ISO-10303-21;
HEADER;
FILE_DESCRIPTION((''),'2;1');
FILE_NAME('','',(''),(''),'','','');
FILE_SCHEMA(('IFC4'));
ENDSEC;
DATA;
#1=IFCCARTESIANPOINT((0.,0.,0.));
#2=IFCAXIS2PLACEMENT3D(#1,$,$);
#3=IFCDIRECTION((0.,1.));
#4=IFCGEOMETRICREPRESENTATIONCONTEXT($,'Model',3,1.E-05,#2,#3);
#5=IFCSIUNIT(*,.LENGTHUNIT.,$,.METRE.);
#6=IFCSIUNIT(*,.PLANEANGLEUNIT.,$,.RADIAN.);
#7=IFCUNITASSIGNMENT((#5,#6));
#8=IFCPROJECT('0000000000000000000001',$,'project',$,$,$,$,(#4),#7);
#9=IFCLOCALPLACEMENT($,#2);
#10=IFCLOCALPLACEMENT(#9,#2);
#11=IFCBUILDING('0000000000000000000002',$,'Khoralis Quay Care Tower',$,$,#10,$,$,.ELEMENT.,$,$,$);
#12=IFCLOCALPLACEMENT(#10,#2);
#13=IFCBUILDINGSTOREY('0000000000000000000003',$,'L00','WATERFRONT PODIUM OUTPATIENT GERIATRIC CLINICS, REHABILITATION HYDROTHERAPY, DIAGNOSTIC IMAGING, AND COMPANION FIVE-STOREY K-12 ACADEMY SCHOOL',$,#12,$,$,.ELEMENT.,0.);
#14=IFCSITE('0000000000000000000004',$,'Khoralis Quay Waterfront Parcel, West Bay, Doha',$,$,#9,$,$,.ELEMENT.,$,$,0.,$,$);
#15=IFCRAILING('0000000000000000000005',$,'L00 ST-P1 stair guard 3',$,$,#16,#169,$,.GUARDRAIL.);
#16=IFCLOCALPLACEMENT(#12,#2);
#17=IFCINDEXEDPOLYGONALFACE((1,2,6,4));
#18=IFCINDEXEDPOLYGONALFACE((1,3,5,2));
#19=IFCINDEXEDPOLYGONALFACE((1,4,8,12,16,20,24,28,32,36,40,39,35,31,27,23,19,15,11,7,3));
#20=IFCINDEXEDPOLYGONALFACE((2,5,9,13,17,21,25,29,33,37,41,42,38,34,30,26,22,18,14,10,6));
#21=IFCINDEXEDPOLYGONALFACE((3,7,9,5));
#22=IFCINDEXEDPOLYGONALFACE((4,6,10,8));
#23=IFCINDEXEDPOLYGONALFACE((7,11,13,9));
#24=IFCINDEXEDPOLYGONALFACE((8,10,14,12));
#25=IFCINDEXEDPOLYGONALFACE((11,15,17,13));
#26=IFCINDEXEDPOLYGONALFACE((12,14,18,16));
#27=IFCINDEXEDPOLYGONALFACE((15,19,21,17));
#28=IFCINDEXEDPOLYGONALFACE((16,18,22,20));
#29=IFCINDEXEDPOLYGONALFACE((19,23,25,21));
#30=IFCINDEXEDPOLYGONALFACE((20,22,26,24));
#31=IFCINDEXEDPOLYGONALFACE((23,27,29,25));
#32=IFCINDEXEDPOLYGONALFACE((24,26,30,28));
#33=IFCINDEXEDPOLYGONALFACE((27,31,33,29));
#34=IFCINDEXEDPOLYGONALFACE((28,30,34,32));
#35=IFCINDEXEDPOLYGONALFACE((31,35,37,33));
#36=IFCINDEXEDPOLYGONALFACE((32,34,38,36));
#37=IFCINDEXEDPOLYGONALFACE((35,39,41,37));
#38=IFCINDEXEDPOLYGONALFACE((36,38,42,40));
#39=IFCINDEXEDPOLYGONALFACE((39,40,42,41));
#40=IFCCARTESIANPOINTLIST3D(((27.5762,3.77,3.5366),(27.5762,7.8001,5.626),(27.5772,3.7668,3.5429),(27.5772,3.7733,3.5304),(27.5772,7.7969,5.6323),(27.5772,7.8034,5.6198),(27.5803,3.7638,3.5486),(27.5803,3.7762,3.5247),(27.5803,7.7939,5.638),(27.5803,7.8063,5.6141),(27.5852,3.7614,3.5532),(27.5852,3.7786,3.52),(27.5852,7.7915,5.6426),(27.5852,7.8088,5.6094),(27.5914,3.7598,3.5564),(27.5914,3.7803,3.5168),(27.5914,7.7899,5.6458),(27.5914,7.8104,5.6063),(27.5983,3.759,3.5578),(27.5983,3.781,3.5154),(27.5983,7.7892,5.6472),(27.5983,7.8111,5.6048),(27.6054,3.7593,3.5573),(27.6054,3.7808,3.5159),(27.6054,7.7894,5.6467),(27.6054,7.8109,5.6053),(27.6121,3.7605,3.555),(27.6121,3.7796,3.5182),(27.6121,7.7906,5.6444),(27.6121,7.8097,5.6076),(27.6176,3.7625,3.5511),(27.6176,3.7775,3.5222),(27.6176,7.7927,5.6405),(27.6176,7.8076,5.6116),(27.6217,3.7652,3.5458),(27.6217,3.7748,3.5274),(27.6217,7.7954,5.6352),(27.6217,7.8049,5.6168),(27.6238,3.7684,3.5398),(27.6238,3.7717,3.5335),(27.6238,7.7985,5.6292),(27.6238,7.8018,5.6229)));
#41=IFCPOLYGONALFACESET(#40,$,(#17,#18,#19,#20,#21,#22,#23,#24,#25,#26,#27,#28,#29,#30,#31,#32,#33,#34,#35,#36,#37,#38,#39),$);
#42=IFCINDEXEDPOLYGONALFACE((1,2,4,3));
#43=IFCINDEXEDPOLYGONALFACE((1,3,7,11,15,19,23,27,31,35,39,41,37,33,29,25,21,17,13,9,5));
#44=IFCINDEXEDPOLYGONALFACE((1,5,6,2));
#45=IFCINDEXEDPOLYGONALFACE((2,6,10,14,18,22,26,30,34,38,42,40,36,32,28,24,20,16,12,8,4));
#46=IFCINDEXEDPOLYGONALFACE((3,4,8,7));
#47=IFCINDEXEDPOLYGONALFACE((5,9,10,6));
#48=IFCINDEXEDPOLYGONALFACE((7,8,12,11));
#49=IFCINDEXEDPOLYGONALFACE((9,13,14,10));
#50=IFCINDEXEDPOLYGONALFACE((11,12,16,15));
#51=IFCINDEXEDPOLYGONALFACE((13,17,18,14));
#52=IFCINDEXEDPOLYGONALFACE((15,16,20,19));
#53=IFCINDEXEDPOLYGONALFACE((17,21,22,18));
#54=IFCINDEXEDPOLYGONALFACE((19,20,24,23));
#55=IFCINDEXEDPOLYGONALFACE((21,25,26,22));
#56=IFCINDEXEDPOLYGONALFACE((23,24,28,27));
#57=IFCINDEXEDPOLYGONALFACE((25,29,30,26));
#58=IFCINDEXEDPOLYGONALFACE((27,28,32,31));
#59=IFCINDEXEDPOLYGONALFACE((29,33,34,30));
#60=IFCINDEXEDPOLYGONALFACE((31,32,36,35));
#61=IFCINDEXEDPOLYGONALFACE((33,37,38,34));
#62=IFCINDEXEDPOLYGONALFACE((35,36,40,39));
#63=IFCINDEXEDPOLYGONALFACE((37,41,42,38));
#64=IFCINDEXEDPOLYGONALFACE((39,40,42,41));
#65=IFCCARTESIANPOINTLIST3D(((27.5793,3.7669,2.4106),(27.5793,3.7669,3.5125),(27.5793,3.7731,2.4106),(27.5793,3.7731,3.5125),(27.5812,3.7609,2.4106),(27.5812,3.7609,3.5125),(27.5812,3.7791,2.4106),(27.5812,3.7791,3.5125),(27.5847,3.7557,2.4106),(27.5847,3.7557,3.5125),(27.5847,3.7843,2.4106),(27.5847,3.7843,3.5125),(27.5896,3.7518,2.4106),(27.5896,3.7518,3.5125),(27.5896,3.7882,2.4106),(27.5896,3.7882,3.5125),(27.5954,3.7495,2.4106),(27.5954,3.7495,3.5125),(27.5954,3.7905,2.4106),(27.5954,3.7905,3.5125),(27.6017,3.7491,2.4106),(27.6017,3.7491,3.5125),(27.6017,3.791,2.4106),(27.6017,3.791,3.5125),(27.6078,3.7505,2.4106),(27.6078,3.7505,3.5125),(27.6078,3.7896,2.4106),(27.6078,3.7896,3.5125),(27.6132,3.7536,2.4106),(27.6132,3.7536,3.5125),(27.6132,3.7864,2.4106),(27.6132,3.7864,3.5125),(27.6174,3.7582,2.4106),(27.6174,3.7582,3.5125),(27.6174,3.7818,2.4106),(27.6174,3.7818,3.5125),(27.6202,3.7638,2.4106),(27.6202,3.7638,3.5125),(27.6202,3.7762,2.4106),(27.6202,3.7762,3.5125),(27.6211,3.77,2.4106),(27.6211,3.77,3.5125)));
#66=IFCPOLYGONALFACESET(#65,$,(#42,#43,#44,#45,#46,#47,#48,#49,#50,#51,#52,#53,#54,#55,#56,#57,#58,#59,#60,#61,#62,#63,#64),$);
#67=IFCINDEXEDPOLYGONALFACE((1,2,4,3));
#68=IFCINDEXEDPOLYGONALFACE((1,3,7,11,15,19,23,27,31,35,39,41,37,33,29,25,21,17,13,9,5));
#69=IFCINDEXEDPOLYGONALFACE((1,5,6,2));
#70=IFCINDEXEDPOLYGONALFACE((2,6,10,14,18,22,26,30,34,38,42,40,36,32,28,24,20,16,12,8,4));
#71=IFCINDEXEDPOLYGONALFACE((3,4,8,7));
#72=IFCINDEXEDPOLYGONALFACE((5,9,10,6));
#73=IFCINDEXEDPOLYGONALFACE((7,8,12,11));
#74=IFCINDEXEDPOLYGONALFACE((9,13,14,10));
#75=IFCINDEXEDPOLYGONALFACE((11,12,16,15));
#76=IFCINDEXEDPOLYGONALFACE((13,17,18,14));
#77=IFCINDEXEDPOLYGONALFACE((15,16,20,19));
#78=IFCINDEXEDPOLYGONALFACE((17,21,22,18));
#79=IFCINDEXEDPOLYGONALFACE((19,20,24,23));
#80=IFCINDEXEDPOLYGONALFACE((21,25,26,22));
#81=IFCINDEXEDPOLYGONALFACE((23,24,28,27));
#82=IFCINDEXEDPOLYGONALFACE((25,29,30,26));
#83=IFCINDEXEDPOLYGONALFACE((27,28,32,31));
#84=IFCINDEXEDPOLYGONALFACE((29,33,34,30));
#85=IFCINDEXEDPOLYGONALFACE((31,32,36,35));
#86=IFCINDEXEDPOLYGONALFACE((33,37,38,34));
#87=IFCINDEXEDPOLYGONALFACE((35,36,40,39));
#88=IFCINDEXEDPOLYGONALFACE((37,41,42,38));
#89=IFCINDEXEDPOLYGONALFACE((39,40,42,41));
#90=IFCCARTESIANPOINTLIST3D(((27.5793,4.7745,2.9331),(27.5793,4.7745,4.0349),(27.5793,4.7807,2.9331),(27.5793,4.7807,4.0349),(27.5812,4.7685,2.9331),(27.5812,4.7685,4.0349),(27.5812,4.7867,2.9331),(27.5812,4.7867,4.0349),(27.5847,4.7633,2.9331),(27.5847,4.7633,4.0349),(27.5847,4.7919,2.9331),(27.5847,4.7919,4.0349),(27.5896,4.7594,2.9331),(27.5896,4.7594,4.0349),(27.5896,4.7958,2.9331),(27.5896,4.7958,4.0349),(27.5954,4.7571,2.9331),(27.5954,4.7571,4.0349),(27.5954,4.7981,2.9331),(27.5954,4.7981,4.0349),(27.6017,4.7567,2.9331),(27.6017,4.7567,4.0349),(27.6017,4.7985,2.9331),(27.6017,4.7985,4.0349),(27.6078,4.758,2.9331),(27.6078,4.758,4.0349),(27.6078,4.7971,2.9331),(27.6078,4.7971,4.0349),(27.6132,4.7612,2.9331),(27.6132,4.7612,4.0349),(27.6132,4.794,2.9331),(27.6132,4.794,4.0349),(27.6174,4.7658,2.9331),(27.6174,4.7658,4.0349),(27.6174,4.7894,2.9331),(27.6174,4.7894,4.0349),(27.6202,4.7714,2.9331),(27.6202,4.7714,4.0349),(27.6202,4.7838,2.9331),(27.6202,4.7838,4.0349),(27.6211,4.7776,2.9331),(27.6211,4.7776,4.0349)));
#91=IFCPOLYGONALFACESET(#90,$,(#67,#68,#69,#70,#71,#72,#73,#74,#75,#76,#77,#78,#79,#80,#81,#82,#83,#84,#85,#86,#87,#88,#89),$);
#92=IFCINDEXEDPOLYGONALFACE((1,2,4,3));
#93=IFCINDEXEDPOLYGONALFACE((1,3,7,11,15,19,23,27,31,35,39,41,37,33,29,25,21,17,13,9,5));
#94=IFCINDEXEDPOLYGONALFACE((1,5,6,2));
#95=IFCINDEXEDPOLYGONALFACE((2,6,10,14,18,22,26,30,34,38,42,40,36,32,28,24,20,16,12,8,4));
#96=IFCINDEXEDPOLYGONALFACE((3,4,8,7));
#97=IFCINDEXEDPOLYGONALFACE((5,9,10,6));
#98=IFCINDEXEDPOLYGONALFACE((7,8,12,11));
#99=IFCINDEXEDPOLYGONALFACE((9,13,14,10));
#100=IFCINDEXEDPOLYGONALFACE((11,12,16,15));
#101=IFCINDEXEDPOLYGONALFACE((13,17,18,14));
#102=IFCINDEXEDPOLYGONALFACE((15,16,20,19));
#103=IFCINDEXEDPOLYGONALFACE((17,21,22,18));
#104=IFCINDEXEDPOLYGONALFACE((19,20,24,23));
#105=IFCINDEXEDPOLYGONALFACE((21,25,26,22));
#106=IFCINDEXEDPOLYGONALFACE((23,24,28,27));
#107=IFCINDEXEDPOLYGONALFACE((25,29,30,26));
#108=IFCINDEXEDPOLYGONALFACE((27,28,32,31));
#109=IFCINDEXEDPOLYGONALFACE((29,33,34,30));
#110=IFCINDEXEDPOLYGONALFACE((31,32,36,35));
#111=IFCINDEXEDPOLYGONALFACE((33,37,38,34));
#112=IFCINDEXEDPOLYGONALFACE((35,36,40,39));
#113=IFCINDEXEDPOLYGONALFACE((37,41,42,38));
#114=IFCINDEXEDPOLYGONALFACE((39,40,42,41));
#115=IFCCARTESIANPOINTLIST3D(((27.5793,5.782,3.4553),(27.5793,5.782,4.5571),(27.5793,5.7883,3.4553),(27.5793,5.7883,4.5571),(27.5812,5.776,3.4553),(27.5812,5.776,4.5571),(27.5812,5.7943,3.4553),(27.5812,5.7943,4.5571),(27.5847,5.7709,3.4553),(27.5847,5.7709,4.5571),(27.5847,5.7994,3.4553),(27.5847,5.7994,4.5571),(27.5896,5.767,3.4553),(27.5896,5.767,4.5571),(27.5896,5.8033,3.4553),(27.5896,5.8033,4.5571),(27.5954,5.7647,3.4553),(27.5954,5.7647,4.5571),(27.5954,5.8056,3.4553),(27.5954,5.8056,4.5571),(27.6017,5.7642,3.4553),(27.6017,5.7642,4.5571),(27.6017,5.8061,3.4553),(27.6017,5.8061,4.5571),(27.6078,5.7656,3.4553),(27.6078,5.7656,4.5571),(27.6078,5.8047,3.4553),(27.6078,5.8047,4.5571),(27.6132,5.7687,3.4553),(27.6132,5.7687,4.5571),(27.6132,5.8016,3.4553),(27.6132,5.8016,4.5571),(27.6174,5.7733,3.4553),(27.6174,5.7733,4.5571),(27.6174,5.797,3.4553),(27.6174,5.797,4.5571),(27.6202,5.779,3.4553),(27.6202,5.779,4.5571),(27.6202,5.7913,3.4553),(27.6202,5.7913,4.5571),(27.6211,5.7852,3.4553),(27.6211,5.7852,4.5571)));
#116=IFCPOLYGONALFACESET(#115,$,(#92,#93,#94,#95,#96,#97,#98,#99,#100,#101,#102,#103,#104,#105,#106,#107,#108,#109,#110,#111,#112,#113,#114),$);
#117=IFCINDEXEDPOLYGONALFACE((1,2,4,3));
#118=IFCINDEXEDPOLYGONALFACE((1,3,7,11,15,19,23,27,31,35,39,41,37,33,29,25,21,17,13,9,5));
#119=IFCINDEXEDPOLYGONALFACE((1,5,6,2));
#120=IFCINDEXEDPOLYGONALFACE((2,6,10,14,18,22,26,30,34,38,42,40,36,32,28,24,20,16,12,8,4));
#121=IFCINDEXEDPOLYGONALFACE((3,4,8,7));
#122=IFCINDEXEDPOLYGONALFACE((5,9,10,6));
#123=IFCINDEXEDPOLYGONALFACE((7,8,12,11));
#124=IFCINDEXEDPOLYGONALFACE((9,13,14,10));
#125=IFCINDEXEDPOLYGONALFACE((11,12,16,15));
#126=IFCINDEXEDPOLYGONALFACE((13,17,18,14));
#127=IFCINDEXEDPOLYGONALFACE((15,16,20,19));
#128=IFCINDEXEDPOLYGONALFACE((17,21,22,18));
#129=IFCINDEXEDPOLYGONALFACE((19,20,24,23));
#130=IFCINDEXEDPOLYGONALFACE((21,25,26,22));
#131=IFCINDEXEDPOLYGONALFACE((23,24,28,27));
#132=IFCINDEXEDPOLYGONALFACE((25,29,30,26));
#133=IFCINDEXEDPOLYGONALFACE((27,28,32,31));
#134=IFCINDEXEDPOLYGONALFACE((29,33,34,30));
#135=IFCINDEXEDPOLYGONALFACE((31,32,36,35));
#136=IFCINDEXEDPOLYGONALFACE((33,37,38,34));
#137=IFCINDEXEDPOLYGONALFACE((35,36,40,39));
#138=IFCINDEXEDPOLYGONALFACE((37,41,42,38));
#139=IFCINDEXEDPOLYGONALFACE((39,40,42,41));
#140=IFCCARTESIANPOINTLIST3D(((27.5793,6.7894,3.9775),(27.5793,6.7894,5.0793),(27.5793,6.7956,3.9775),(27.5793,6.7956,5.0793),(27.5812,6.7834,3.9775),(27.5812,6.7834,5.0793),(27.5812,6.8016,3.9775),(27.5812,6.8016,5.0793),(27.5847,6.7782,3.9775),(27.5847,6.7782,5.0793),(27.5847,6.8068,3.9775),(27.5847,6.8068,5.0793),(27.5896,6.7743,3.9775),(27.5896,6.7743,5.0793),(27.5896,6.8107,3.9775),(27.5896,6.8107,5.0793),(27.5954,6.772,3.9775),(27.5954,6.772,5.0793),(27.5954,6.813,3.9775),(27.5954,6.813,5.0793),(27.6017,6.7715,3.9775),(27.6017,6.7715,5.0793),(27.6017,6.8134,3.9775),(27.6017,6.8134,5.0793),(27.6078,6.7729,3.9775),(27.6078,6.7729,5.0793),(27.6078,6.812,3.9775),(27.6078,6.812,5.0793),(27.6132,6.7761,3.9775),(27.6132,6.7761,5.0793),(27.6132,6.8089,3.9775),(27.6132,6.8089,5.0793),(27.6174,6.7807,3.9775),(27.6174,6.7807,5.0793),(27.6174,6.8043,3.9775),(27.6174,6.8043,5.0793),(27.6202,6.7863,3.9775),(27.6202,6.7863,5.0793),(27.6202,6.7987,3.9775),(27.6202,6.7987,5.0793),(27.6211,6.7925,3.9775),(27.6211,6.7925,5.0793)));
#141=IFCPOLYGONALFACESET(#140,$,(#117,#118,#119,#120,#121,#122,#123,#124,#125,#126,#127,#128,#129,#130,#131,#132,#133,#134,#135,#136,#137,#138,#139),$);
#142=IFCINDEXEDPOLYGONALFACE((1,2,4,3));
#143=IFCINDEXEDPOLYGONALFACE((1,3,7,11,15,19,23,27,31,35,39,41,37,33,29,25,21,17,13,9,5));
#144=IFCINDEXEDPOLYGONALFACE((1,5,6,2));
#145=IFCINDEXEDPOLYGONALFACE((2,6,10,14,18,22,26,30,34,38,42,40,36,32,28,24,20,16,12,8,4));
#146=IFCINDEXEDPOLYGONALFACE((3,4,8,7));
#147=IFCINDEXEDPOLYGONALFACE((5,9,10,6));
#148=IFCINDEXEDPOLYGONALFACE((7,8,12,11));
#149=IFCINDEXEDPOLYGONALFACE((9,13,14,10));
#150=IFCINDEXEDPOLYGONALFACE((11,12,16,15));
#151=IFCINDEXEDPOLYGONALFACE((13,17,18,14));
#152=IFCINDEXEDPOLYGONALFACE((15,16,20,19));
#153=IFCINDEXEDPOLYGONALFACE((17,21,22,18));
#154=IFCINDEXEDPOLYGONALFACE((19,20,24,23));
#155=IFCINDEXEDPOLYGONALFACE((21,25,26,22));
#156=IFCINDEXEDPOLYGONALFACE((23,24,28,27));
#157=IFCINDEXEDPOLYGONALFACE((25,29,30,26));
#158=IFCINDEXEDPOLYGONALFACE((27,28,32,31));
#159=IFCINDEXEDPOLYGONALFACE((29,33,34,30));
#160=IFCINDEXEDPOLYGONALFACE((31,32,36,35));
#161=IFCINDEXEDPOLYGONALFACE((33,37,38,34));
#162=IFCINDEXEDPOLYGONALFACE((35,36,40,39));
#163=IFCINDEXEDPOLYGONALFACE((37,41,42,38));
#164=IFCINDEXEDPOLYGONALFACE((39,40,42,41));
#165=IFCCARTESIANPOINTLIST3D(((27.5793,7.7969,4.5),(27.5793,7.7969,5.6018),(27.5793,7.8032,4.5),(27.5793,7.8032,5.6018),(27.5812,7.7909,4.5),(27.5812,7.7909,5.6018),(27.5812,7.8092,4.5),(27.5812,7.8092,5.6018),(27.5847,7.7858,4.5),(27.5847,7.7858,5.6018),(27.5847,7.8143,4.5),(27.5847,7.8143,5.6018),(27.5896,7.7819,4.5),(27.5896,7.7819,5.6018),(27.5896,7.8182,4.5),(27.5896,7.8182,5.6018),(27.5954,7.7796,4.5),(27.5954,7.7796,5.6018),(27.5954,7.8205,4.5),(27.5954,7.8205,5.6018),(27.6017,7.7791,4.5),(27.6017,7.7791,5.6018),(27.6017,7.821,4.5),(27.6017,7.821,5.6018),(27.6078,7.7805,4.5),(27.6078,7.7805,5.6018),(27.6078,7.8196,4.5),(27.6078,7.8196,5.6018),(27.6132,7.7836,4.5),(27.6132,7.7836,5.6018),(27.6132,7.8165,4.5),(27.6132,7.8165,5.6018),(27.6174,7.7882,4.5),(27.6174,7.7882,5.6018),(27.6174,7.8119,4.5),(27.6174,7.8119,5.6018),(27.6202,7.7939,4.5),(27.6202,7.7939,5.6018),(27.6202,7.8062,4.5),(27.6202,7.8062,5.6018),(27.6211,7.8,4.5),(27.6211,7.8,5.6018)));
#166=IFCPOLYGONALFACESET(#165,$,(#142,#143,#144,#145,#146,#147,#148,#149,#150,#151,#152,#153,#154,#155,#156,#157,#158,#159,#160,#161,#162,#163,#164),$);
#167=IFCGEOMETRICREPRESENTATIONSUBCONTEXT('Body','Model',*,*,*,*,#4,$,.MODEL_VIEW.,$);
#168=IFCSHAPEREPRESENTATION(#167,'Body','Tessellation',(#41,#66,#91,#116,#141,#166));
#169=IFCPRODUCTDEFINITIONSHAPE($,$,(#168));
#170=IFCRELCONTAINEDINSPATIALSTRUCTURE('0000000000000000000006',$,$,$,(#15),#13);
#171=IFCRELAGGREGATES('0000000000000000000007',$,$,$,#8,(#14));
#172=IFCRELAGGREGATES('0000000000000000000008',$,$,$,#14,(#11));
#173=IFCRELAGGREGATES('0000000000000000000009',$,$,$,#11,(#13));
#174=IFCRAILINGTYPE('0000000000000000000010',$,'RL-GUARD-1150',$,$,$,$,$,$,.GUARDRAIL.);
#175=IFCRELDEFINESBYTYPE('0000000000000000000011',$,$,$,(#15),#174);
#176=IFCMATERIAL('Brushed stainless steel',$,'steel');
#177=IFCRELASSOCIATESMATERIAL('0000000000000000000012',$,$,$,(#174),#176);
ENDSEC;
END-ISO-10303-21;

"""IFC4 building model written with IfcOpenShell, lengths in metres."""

from ifc_helpers import new_model, si_unit, direction, frame, origin, origin_2d, place, context, subcontext, project, spatial, circle, extrude, material, type_object, element, save


model = new_model("IFC4")

# Units and contexts
model_context = context("Model", 3, precision=1e-05, world=origin(), true_north=direction((0.0, 1.0)))
body_context = subcontext(model_context, "Body", "Model", "MODEL_VIEW")
ifc_project = project(units=[si_unit("LENGTHUNIT", "METRE"), si_unit("PLANEANGLEUNIT", "RADIAN")], contexts=[model_context])

# Site, building, storey
site_placement = place(None, origin())
site = spatial("IfcSite", under=ifc_project, at=site_placement, Name="Khoralis Quay Waterfront Parcel, West Bay, Doha", CompositionType="ELEMENT", RefElevation=0.0)
building_placement = place(site_placement, origin())
building = spatial("IfcBuilding", under=site, at=building_placement, Name="Khoralis Quay Care Tower", CompositionType="ELEMENT")
storey_placement = place(building_placement, origin())
storey = spatial("IfcBuildingStorey", under=building, at=storey_placement, Name="L00", Description="WATERFRONT PODIUM OUTPATIENT GERIATRIC CLINICS, REHABILITATION HYDROTHERAPY, DIAGNOSTIC IMAGING, AND COMPANION FIVE-STOREY K-12 ACADEMY SCHOOL", CompositionType="ELEMENT", Elevation=0.0)

# Railing
ifc_material_1 = material(Name="Brushed stainless steel", Category="steel")
railing_type_1 = type_object("IfcRailingType", Name="RL-GUARD-1150", PredefinedType="GUARDRAIL", material=ifc_material_1)
railing_1_placement = place(storey_placement, frame((27.6001, 3.77, 2.4106)))
element("IfcRailing", 1, at=railing_1_placement, inside=storey, type_object=railing_type_1, Name="L00 ST-P1 stair guard 3", PredefinedType="GUARDRAIL", context=body_context, shape_type="SweptSolid", body=[
    extrude(circle(Radius=0.0239, at=origin_2d()), frame((0.0, 0.0, 1.126), z_axis=(0.0, 0.887781, 0.460267), x_axis=(-1.0, 0.0, 0.0)), (0.0, 0.0, 1.0), 4.5396),
    extrude(circle(Radius=0.021, at=origin_2d()), origin(), (0.0, 0.0, 1.0), 1.1018),
    extrude(circle(Radius=0.021, at=origin_2d()), frame((0.0, 1.0076, 0.5225)), (0.0, 0.0, 1.0), 1.1018),
    extrude(circle(Radius=0.021, at=origin_2d()), frame((0.0, 2.0151, 1.0447)), (0.0, 0.0, 1.0), 1.1018),
    extrude(circle(Radius=0.021, at=origin_2d()), frame((0.0, 3.0225, 1.5669)), (0.0, 0.0, 1.0), 1.1018),
    extrude(circle(Radius=0.021, at=origin_2d()), frame((0.0, 4.03, 2.0894)), (0.0, 0.0, 1.0), 1.1018),
])

save(model, "model.ifc")
